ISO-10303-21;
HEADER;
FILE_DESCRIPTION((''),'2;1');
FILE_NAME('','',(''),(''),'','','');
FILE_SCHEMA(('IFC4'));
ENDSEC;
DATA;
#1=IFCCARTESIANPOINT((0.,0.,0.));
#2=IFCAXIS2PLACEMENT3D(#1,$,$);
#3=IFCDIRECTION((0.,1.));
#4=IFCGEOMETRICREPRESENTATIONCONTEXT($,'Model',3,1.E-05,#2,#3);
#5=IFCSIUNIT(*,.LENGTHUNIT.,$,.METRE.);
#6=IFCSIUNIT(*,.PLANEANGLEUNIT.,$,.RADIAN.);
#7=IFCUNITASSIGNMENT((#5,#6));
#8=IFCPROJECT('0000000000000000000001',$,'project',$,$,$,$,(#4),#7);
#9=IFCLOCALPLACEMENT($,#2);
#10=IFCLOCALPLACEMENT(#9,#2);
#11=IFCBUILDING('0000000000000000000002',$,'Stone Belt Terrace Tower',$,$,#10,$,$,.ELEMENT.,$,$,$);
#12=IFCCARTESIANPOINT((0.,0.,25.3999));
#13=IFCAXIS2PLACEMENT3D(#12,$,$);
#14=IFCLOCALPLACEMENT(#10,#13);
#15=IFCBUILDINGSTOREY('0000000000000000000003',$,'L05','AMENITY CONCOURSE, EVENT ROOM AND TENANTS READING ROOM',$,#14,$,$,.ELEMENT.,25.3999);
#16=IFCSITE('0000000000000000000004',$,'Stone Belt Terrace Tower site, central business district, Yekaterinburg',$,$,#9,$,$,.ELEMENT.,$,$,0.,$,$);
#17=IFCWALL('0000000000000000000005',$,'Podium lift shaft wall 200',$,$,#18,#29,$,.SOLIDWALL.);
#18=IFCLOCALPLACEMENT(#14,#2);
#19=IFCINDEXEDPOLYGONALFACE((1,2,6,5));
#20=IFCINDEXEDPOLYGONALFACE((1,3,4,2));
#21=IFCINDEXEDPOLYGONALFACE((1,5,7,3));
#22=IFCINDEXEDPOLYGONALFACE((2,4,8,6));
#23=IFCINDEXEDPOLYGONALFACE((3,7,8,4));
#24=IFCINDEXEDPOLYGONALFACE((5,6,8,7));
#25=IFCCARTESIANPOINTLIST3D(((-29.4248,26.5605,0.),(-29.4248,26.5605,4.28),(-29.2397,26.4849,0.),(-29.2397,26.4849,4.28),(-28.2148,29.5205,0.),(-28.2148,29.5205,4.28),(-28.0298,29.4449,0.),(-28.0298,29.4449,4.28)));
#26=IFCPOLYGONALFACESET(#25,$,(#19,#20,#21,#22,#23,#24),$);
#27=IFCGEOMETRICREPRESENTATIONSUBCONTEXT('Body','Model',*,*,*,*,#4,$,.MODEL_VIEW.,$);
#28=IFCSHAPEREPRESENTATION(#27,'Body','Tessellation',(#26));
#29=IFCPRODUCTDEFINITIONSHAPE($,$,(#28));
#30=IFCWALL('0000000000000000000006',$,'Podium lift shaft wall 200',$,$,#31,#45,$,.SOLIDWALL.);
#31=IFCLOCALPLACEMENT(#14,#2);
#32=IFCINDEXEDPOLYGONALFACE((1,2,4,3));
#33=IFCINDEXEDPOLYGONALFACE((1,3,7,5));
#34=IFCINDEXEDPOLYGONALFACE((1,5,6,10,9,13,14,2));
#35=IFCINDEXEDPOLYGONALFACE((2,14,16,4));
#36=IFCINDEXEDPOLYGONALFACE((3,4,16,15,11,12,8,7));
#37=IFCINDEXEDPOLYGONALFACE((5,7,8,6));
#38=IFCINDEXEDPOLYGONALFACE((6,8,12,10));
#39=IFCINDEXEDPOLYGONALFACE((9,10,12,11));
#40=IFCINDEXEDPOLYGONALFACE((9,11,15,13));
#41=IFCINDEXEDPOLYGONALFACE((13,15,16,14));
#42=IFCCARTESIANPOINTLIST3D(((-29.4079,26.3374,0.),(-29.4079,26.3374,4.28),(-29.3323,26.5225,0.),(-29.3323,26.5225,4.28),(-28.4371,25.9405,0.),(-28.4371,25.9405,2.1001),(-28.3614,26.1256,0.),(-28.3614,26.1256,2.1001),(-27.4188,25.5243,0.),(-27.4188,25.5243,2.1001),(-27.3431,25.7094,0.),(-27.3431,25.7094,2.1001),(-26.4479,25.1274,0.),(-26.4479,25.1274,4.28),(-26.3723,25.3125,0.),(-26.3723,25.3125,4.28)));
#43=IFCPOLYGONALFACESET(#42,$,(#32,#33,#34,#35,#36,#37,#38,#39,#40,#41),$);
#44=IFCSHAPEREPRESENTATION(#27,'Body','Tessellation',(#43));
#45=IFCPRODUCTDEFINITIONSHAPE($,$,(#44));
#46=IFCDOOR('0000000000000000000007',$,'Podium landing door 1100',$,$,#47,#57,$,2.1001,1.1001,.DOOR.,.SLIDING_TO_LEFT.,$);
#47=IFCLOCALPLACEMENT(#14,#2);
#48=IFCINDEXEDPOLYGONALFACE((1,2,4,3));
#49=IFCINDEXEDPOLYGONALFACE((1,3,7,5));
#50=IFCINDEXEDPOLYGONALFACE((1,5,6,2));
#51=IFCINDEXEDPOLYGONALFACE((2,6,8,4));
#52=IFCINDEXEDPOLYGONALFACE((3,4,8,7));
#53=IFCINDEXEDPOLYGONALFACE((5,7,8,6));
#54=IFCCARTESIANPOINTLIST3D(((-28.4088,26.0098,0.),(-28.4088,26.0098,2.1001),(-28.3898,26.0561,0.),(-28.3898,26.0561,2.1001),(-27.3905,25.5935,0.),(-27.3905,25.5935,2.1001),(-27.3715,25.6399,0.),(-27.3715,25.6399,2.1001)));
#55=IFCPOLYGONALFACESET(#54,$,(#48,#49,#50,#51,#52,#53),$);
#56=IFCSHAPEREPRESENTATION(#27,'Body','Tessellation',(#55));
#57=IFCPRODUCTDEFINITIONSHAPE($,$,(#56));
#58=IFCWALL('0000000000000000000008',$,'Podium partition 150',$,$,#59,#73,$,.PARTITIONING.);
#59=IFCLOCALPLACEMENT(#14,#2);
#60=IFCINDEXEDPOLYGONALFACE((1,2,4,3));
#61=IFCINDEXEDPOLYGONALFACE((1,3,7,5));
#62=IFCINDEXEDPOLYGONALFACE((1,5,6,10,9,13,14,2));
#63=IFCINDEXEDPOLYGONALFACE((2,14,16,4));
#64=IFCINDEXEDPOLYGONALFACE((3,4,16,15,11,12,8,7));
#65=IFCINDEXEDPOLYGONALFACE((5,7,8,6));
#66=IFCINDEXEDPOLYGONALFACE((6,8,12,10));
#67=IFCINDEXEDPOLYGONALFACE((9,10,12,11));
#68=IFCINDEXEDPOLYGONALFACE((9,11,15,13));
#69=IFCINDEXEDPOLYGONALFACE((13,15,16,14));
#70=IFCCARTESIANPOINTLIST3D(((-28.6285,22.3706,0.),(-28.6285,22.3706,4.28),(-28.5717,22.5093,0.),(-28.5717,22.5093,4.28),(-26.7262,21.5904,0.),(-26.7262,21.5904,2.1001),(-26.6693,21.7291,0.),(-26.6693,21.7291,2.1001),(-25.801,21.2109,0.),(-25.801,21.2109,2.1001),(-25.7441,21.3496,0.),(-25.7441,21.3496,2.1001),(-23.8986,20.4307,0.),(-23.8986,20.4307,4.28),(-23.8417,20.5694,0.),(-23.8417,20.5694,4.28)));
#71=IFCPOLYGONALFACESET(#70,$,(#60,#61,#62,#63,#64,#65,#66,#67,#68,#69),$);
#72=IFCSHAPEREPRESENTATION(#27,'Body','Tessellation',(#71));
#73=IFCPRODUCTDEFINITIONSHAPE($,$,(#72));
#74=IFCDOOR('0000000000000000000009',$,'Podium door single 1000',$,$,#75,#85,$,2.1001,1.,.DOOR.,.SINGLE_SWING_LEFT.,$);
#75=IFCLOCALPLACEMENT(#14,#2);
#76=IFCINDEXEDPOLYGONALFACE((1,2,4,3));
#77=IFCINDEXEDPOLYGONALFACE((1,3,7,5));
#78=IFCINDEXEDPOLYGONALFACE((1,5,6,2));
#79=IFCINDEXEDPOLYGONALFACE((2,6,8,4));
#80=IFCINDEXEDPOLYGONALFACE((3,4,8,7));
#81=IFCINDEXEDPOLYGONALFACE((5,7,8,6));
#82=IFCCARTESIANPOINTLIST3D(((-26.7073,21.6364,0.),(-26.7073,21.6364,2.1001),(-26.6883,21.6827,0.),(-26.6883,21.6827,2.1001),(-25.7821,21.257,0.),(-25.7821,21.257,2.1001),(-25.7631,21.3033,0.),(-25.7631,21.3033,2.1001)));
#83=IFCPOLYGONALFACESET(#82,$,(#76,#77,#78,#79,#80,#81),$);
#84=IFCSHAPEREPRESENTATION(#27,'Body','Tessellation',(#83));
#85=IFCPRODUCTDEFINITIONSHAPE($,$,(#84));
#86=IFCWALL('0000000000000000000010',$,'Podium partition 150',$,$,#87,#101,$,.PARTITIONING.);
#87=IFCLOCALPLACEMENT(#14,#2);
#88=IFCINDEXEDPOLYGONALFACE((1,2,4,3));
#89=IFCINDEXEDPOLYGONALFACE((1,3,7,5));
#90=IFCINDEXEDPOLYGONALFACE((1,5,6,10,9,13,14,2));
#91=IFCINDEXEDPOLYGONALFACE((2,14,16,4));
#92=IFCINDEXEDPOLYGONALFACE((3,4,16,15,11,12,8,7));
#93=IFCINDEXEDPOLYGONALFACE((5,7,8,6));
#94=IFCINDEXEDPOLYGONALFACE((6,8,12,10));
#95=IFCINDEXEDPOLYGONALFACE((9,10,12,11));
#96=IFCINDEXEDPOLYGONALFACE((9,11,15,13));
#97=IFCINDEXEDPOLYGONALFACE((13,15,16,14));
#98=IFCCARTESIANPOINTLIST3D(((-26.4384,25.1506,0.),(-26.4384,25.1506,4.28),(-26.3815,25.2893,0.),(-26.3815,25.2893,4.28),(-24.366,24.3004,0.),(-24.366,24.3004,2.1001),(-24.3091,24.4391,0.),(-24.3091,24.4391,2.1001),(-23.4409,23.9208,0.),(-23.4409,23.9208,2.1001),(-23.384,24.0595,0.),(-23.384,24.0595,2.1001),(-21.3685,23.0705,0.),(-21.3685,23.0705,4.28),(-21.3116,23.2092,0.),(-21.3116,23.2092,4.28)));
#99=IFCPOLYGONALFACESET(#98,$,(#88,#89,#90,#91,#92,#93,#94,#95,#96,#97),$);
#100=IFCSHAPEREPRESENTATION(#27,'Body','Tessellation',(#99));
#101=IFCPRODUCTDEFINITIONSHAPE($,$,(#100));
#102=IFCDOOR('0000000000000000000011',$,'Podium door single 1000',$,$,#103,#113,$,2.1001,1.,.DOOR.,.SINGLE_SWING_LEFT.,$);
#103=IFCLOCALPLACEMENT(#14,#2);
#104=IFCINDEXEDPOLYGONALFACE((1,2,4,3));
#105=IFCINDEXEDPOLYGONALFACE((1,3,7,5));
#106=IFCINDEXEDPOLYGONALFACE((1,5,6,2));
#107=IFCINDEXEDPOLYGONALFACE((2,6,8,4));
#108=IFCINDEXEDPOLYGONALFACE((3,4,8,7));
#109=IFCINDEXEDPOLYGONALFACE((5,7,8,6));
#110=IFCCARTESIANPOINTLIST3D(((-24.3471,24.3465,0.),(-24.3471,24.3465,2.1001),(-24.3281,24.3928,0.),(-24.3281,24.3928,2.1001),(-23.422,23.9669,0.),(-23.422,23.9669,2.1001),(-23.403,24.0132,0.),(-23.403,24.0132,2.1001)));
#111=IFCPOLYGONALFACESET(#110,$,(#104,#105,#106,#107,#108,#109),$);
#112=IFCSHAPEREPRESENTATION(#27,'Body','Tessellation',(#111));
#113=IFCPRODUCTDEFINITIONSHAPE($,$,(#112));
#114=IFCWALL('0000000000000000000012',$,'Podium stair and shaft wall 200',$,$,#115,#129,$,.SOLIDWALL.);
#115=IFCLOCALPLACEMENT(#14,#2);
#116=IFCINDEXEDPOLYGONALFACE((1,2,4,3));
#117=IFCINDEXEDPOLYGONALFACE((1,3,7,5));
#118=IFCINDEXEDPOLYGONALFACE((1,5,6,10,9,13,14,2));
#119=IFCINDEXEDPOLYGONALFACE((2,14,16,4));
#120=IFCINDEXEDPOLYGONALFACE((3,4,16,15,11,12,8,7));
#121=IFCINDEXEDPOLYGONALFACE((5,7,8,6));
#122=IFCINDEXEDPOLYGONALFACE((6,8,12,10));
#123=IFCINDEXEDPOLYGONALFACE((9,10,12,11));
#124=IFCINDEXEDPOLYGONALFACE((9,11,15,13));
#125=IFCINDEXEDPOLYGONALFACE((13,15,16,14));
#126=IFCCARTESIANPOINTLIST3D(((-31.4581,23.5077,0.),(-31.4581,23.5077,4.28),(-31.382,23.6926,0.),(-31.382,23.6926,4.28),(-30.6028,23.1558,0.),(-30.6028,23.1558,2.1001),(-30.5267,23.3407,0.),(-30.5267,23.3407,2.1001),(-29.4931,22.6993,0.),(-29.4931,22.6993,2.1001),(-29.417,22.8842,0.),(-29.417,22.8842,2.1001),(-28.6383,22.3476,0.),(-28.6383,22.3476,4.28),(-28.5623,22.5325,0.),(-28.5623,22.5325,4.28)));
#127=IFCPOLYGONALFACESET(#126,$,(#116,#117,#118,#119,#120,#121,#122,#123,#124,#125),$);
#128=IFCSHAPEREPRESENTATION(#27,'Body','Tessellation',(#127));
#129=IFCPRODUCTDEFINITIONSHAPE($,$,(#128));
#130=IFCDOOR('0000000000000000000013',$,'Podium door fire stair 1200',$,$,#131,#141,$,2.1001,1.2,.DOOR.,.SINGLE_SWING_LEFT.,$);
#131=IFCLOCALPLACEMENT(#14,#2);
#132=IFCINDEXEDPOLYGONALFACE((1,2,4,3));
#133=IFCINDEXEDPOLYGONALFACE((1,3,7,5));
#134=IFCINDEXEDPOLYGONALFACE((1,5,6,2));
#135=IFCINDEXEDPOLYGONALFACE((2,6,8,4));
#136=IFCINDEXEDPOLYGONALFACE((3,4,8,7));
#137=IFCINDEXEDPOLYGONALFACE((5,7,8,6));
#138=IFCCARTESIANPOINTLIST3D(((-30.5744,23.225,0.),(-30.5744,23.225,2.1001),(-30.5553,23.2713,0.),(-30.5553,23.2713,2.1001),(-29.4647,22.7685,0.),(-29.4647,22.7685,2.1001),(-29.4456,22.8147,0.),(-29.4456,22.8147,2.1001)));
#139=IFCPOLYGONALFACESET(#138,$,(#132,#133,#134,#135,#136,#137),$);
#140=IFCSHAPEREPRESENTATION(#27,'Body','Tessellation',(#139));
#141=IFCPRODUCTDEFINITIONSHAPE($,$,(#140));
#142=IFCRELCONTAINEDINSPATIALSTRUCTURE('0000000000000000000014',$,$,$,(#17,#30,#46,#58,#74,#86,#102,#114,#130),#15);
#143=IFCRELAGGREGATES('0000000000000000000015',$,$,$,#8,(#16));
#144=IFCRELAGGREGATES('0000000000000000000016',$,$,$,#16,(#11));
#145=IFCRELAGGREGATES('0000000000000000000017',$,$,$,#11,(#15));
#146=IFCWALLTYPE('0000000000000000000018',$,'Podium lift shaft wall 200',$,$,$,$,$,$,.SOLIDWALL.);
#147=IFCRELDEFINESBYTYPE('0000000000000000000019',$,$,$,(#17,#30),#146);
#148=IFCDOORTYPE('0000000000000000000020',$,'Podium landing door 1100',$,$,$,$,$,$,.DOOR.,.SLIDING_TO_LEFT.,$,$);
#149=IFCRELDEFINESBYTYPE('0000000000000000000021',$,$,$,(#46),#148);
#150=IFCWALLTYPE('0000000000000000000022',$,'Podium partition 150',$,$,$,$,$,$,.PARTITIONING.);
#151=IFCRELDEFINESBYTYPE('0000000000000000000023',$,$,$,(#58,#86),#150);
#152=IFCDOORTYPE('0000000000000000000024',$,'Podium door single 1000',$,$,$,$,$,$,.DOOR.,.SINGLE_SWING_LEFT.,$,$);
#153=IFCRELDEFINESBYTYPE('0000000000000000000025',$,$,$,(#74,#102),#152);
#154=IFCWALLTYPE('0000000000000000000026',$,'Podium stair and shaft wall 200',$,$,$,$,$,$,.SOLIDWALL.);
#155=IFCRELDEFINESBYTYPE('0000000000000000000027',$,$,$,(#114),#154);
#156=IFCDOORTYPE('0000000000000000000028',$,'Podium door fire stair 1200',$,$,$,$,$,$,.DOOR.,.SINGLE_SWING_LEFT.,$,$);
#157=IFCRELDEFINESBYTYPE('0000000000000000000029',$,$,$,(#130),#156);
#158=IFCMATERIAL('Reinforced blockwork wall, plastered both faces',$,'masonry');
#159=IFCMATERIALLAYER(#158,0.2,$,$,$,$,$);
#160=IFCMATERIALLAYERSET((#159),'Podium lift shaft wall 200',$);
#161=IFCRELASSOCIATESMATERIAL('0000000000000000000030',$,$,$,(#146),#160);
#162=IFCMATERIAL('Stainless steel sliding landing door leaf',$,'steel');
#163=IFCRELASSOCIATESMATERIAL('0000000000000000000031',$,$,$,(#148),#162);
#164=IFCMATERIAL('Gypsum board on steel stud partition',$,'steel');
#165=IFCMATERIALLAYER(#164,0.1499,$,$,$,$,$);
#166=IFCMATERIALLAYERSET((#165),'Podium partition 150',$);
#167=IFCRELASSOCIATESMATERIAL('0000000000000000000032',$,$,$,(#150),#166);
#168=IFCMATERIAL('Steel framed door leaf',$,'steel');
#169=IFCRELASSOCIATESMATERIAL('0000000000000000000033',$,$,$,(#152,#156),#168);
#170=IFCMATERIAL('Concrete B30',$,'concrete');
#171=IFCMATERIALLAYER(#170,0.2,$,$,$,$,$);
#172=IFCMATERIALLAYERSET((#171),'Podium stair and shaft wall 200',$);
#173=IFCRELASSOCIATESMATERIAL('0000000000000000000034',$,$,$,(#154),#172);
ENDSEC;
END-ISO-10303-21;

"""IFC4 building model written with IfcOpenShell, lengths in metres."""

from ifc_helpers import new_model, si_unit, direction, frame, frame_2d, origin, place, context, subcontext, project, spatial, rectangle, extrude, material, layer, layer_set, type_object, element, fill, save


model = new_model("IFC4")

# Units and contexts
model_context = context("Model", 3, precision=1e-05, world=origin(), true_north=direction((0.0, 1.0)))
body_context = subcontext(model_context, "Body", "Model", "MODEL_VIEW")
ifc_project = project(units=[si_unit("LENGTHUNIT", "METRE"), si_unit("PLANEANGLEUNIT", "RADIAN")], contexts=[model_context])

# Site, building, storey
site_placement = place(None, origin())
site = spatial("IfcSite", under=ifc_project, at=site_placement, Name="Stone Belt Terrace Tower site, central business district, Yekaterinburg", CompositionType="ELEMENT", RefElevation=0.0)
building_placement = place(site_placement, origin())
building = spatial("IfcBuilding", under=site, at=building_placement, Name="Stone Belt Terrace Tower", CompositionType="ELEMENT")
storey_placement = place(building_placement, frame((0.0, 0.0, 25.3999)))
storey = spatial("IfcBuildingStorey", under=building, at=storey_placement, Name="L05", Description="AMENITY CONCOURSE, EVENT ROOM AND TENANTS READING ROOM", CompositionType="ELEMENT", Elevation=25.3999)

# Wall
ifc_material_1 = material(Name="Reinforced blockwork wall, plastered both faces", Category="masonry")
ifc_layer_1 = layer(ifc_material_1, 0.2)
ifc_layer_set_1 = layer_set([ifc_layer_1], Name="Podium lift shaft wall 200")
wall_type_1 = type_object("IfcWallType", Name="Podium lift shaft wall 200", PredefinedType="SOLIDWALL", material=ifc_layer_set_1)
wall_1_placement = place(storey_placement, frame((-29.3323, 26.5227, 0.0), z_axis=(0.0, 0.0, 1.0), x_axis=(0.378383, 0.925649, 0.0)))
element("IfcWall", 1, at=wall_1_placement, inside=storey, type_object=wall_type_1, Name="Podium lift shaft wall 200", PredefinedType="SOLIDWALL", context=body_context, shape_type="SweptSolid", body=[
    extrude(rectangle(XDim=3.1978, YDim=0.2, at=frame_2d((1.5989, 0.0))), origin(), (0.0, 0.0, 1.0), 4.28),
])

# Walls, openings, doors
wall_2_placement = place(storey_placement, frame((-29.3701, 26.4299, 0.0), z_axis=(0.0, 0.0, 1.0), x_axis=(0.925649, -0.378383, 0.0)))
wall_2 = element("IfcWall", 2, at=wall_2_placement, inside=storey, type_object=wall_type_1, Name="Podium lift shaft wall 200", PredefinedType="SOLIDWALL", context=body_context, shape_type="SweptSolid", body=[
    extrude(rectangle(XDim=3.1978, YDim=0.2, at=frame_2d((1.5989, 0.0))), origin(), (0.0, 0.0, 1.0), 4.28),
])
opening_1_placement = place(wall_2_placement, frame((1.0488, 0.0, 0.0)))
opening_1 = element("IfcOpeningElement", 3, at=opening_1_placement, cuts=wall_2, PredefinedType="OPENING", context=body_context, shape_type="SweptSolid", body=[
    extrude(rectangle(XDim=1.1001, YDim=2.1001, at=frame_2d((0.55, 1.05))), frame((0.0, 0.1099, 0.0), z_axis=(0.0, -1.0, 0.0), x_axis=(1.0, 0.0, 0.0)), (0.0, 0.0, 1.0), 0.22),
])
ifc_material_2 = material(Name="Stainless steel sliding landing door leaf", Category="steel")
door_type_1 = type_object("IfcDoorType", Name="Podium landing door 1100", OperationType="SLIDING_TO_LEFT", PredefinedType="DOOR", material=ifc_material_2)
door_1_placement = place(opening_1_placement, origin())
door_1 = element("IfcDoor", 4, at=door_1_placement, inside=storey, type_object=door_type_1, Name="Podium landing door 1100", OperationType="SLIDING_TO_LEFT", OverallHeight=2.1001, OverallWidth=1.1001, PredefinedType="DOOR", context=body_context, shape_type="SweptSolid", body=[
    extrude(rectangle(XDim=1.1001, YDim=2.1001, at=frame_2d((0.55, 1.05))), frame((0.0, 0.0249, 0.0), z_axis=(0.0, -1.0, 0.0), x_axis=(1.0, 0.0, 0.0)), (0.0, 0.0, 1.0), 0.05),
])
fill(opening_1, door_1)
ifc_material_3 = material(Name="Gypsum board on steel stud partition", Category="steel")
ifc_layer_2 = layer(ifc_material_3, 0.1499)
ifc_layer_set_2 = layer_set([ifc_layer_2], Name="Podium partition 150")
wall_type_2 = type_object("IfcWallType", Name="Podium partition 150", PredefinedType="PARTITIONING", material=ifc_layer_set_2)
wall_3_placement = place(storey_placement, frame((-28.6001, 22.4399, 0.0), z_axis=(0.0, 0.0, 1.0), x_axis=(0.925207, -0.379462, 0.0)))
wall_3 = element("IfcWall", 5, at=wall_3_placement, inside=storey, type_object=wall_type_2, Name="Podium partition 150", PredefinedType="PARTITIONING", context=body_context, shape_type="SweptSolid", body=[
    extrude(rectangle(XDim=5.1123, YDim=0.1499, at=frame_2d((2.5562, 0.0))), origin(), (0.0, 0.0, 1.0), 4.28),
])
opening_2_placement = place(wall_3_placement, frame((2.0562, 0.0, 0.0)))
opening_2 = element("IfcOpeningElement", 6, at=opening_2_placement, cuts=wall_3, PredefinedType="OPENING", context=body_context, shape_type="SweptSolid", body=[
    extrude(rectangle(XDim=1.0, YDim=2.1001, at=frame_2d((0.5, 1.05))), frame((0.0, 0.085, 0.0), z_axis=(0.0, -1.0, 0.0), x_axis=(1.0, 0.0, 0.0)), (0.0, 0.0, 1.0), 0.1699),
])
ifc_material_4 = material(Name="Steel framed door leaf", Category="steel")
door_type_2 = type_object("IfcDoorType", Name="Podium door single 1000", OperationType="SINGLE_SWING_LEFT", PredefinedType="DOOR", material=ifc_material_4)
door_2_placement = place(opening_2_placement, origin())
door_2 = element("IfcDoor", 7, at=door_2_placement, inside=storey, type_object=door_type_2, Name="Podium door single 1000", OperationType="SINGLE_SWING_LEFT", OverallHeight=2.1001, OverallWidth=1.0, PredefinedType="DOOR", context=body_context, shape_type="SweptSolid", body=[
    extrude(rectangle(XDim=1.0, YDim=2.1001, at=frame_2d((0.5, 1.05))), frame((0.0, 0.0249, 0.0), z_axis=(0.0, -1.0, 0.0), x_axis=(1.0, 0.0, 0.0)), (0.0, 0.0, 1.0), 0.05),
])
fill(opening_2, door_2)
wall_4_placement = place(storey_placement, frame((-26.4099, 25.22, 0.0), z_axis=(0.0, 0.0, 1.0), x_axis=(0.925159, -0.37958, 0.0)))
wall_4 = element("IfcWall", 8, at=wall_4_placement, inside=storey, type_object=wall_type_2, Name="Podium partition 150", PredefinedType="PARTITIONING", context=body_context, shape_type="SweptSolid", body=[
    extrude(rectangle(XDim=5.48, YDim=0.1499, at=frame_2d((2.74, 0.0))), origin(), (0.0, 0.0, 1.0), 4.28),
])
opening_3_placement = place(wall_4_placement, frame((2.24, 0.0, 0.0)))
opening_3 = element("IfcOpeningElement", 9, at=opening_3_placement, cuts=wall_4, PredefinedType="OPENING", context=body_context, shape_type="SweptSolid", body=[
    extrude(rectangle(XDim=1.0, YDim=2.1001, at=frame_2d((0.5, 1.05))), frame((0.0, 0.085, 0.0), z_axis=(0.0, -1.0, 0.0), x_axis=(1.0, 0.0, 0.0)), (0.0, 0.0, 1.0), 0.1699),
])
door_3_placement = place(opening_3_placement, origin())
door_3 = element("IfcDoor", 10, at=door_3_placement, inside=storey, type_object=door_type_2, Name="Podium door single 1000", OperationType="SINGLE_SWING_LEFT", OverallHeight=2.1001, OverallWidth=1.0, PredefinedType="DOOR", context=body_context, shape_type="SweptSolid", body=[
    extrude(rectangle(XDim=1.0, YDim=2.1001, at=frame_2d((0.5, 1.05))), frame((0.0, 0.0249, 0.0), z_axis=(0.0, -1.0, 0.0), x_axis=(1.0, 0.0, 0.0)), (0.0, 0.0, 1.0), 0.05),
])
fill(opening_3, door_3)
ifc_material_5 = material(Name="Concrete B30", Category="concrete")
ifc_layer_3 = layer(ifc_material_5, 0.2)
ifc_layer_set_3 = layer_set([ifc_layer_3], Name="Podium stair and shaft wall 200")
wall_type_3 = type_object("IfcWallType", Name="Podium stair and shaft wall 200", PredefinedType="SOLIDWALL", material=ifc_layer_set_3)
wall_5_placement = place(storey_placement, frame((-31.4199, 23.6001, 0.0), z_axis=(0.0, 0.0, 1.0), x_axis=(0.924788, -0.380484, 0.0)))
wall_5 = element("IfcWall", 11, at=wall_5_placement, inside=storey, type_object=wall_type_3, Name="Podium stair and shaft wall 200", PredefinedType="SOLIDWALL", context=body_context, shape_type="SweptSolid", body=[
    extrude(rectangle(XDim=3.0491, YDim=0.2, at=frame_2d((1.5244, 0.0))), origin(), (0.0, 0.0, 1.0), 4.28),
])
opening_4_placement = place(wall_5_placement, frame((0.9246, 0.0, 0.0)))
opening_4 = element("IfcOpeningElement", 12, at=opening_4_placement, cuts=wall_5, PredefinedType="OPENING", context=body_context, shape_type="SweptSolid", body=[
    extrude(rectangle(XDim=1.2, YDim=2.1001, at=frame_2d((0.6001, 1.05))), frame((0.0, 0.1099, 0.0), z_axis=(0.0, -1.0, 0.0), x_axis=(1.0, 0.0, 0.0)), (0.0, 0.0, 1.0), 0.22),
])
door_type_3 = type_object("IfcDoorType", Name="Podium door fire stair 1200", OperationType="SINGLE_SWING_LEFT", PredefinedType="DOOR", material=ifc_material_4)
door_4_placement = place(opening_4_placement, origin())
door_4 = element("IfcDoor", 13, at=door_4_placement, inside=storey, type_object=door_type_3, Name="Podium door fire stair 1200", OperationType="SINGLE_SWING_LEFT", OverallHeight=2.1001, OverallWidth=1.2, PredefinedType="DOOR", context=body_context, shape_type="SweptSolid", body=[
    extrude(rectangle(XDim=1.2, YDim=2.1001, at=frame_2d((0.6001, 1.05))), frame((0.0, 0.0249, 0.0), z_axis=(0.0, -1.0, 0.0), x_axis=(1.0, 0.0, 0.0)), (0.0, 0.0, 1.0), 0.05),
])
fill(opening_4, door_4)

save(model, "model.ifc")
